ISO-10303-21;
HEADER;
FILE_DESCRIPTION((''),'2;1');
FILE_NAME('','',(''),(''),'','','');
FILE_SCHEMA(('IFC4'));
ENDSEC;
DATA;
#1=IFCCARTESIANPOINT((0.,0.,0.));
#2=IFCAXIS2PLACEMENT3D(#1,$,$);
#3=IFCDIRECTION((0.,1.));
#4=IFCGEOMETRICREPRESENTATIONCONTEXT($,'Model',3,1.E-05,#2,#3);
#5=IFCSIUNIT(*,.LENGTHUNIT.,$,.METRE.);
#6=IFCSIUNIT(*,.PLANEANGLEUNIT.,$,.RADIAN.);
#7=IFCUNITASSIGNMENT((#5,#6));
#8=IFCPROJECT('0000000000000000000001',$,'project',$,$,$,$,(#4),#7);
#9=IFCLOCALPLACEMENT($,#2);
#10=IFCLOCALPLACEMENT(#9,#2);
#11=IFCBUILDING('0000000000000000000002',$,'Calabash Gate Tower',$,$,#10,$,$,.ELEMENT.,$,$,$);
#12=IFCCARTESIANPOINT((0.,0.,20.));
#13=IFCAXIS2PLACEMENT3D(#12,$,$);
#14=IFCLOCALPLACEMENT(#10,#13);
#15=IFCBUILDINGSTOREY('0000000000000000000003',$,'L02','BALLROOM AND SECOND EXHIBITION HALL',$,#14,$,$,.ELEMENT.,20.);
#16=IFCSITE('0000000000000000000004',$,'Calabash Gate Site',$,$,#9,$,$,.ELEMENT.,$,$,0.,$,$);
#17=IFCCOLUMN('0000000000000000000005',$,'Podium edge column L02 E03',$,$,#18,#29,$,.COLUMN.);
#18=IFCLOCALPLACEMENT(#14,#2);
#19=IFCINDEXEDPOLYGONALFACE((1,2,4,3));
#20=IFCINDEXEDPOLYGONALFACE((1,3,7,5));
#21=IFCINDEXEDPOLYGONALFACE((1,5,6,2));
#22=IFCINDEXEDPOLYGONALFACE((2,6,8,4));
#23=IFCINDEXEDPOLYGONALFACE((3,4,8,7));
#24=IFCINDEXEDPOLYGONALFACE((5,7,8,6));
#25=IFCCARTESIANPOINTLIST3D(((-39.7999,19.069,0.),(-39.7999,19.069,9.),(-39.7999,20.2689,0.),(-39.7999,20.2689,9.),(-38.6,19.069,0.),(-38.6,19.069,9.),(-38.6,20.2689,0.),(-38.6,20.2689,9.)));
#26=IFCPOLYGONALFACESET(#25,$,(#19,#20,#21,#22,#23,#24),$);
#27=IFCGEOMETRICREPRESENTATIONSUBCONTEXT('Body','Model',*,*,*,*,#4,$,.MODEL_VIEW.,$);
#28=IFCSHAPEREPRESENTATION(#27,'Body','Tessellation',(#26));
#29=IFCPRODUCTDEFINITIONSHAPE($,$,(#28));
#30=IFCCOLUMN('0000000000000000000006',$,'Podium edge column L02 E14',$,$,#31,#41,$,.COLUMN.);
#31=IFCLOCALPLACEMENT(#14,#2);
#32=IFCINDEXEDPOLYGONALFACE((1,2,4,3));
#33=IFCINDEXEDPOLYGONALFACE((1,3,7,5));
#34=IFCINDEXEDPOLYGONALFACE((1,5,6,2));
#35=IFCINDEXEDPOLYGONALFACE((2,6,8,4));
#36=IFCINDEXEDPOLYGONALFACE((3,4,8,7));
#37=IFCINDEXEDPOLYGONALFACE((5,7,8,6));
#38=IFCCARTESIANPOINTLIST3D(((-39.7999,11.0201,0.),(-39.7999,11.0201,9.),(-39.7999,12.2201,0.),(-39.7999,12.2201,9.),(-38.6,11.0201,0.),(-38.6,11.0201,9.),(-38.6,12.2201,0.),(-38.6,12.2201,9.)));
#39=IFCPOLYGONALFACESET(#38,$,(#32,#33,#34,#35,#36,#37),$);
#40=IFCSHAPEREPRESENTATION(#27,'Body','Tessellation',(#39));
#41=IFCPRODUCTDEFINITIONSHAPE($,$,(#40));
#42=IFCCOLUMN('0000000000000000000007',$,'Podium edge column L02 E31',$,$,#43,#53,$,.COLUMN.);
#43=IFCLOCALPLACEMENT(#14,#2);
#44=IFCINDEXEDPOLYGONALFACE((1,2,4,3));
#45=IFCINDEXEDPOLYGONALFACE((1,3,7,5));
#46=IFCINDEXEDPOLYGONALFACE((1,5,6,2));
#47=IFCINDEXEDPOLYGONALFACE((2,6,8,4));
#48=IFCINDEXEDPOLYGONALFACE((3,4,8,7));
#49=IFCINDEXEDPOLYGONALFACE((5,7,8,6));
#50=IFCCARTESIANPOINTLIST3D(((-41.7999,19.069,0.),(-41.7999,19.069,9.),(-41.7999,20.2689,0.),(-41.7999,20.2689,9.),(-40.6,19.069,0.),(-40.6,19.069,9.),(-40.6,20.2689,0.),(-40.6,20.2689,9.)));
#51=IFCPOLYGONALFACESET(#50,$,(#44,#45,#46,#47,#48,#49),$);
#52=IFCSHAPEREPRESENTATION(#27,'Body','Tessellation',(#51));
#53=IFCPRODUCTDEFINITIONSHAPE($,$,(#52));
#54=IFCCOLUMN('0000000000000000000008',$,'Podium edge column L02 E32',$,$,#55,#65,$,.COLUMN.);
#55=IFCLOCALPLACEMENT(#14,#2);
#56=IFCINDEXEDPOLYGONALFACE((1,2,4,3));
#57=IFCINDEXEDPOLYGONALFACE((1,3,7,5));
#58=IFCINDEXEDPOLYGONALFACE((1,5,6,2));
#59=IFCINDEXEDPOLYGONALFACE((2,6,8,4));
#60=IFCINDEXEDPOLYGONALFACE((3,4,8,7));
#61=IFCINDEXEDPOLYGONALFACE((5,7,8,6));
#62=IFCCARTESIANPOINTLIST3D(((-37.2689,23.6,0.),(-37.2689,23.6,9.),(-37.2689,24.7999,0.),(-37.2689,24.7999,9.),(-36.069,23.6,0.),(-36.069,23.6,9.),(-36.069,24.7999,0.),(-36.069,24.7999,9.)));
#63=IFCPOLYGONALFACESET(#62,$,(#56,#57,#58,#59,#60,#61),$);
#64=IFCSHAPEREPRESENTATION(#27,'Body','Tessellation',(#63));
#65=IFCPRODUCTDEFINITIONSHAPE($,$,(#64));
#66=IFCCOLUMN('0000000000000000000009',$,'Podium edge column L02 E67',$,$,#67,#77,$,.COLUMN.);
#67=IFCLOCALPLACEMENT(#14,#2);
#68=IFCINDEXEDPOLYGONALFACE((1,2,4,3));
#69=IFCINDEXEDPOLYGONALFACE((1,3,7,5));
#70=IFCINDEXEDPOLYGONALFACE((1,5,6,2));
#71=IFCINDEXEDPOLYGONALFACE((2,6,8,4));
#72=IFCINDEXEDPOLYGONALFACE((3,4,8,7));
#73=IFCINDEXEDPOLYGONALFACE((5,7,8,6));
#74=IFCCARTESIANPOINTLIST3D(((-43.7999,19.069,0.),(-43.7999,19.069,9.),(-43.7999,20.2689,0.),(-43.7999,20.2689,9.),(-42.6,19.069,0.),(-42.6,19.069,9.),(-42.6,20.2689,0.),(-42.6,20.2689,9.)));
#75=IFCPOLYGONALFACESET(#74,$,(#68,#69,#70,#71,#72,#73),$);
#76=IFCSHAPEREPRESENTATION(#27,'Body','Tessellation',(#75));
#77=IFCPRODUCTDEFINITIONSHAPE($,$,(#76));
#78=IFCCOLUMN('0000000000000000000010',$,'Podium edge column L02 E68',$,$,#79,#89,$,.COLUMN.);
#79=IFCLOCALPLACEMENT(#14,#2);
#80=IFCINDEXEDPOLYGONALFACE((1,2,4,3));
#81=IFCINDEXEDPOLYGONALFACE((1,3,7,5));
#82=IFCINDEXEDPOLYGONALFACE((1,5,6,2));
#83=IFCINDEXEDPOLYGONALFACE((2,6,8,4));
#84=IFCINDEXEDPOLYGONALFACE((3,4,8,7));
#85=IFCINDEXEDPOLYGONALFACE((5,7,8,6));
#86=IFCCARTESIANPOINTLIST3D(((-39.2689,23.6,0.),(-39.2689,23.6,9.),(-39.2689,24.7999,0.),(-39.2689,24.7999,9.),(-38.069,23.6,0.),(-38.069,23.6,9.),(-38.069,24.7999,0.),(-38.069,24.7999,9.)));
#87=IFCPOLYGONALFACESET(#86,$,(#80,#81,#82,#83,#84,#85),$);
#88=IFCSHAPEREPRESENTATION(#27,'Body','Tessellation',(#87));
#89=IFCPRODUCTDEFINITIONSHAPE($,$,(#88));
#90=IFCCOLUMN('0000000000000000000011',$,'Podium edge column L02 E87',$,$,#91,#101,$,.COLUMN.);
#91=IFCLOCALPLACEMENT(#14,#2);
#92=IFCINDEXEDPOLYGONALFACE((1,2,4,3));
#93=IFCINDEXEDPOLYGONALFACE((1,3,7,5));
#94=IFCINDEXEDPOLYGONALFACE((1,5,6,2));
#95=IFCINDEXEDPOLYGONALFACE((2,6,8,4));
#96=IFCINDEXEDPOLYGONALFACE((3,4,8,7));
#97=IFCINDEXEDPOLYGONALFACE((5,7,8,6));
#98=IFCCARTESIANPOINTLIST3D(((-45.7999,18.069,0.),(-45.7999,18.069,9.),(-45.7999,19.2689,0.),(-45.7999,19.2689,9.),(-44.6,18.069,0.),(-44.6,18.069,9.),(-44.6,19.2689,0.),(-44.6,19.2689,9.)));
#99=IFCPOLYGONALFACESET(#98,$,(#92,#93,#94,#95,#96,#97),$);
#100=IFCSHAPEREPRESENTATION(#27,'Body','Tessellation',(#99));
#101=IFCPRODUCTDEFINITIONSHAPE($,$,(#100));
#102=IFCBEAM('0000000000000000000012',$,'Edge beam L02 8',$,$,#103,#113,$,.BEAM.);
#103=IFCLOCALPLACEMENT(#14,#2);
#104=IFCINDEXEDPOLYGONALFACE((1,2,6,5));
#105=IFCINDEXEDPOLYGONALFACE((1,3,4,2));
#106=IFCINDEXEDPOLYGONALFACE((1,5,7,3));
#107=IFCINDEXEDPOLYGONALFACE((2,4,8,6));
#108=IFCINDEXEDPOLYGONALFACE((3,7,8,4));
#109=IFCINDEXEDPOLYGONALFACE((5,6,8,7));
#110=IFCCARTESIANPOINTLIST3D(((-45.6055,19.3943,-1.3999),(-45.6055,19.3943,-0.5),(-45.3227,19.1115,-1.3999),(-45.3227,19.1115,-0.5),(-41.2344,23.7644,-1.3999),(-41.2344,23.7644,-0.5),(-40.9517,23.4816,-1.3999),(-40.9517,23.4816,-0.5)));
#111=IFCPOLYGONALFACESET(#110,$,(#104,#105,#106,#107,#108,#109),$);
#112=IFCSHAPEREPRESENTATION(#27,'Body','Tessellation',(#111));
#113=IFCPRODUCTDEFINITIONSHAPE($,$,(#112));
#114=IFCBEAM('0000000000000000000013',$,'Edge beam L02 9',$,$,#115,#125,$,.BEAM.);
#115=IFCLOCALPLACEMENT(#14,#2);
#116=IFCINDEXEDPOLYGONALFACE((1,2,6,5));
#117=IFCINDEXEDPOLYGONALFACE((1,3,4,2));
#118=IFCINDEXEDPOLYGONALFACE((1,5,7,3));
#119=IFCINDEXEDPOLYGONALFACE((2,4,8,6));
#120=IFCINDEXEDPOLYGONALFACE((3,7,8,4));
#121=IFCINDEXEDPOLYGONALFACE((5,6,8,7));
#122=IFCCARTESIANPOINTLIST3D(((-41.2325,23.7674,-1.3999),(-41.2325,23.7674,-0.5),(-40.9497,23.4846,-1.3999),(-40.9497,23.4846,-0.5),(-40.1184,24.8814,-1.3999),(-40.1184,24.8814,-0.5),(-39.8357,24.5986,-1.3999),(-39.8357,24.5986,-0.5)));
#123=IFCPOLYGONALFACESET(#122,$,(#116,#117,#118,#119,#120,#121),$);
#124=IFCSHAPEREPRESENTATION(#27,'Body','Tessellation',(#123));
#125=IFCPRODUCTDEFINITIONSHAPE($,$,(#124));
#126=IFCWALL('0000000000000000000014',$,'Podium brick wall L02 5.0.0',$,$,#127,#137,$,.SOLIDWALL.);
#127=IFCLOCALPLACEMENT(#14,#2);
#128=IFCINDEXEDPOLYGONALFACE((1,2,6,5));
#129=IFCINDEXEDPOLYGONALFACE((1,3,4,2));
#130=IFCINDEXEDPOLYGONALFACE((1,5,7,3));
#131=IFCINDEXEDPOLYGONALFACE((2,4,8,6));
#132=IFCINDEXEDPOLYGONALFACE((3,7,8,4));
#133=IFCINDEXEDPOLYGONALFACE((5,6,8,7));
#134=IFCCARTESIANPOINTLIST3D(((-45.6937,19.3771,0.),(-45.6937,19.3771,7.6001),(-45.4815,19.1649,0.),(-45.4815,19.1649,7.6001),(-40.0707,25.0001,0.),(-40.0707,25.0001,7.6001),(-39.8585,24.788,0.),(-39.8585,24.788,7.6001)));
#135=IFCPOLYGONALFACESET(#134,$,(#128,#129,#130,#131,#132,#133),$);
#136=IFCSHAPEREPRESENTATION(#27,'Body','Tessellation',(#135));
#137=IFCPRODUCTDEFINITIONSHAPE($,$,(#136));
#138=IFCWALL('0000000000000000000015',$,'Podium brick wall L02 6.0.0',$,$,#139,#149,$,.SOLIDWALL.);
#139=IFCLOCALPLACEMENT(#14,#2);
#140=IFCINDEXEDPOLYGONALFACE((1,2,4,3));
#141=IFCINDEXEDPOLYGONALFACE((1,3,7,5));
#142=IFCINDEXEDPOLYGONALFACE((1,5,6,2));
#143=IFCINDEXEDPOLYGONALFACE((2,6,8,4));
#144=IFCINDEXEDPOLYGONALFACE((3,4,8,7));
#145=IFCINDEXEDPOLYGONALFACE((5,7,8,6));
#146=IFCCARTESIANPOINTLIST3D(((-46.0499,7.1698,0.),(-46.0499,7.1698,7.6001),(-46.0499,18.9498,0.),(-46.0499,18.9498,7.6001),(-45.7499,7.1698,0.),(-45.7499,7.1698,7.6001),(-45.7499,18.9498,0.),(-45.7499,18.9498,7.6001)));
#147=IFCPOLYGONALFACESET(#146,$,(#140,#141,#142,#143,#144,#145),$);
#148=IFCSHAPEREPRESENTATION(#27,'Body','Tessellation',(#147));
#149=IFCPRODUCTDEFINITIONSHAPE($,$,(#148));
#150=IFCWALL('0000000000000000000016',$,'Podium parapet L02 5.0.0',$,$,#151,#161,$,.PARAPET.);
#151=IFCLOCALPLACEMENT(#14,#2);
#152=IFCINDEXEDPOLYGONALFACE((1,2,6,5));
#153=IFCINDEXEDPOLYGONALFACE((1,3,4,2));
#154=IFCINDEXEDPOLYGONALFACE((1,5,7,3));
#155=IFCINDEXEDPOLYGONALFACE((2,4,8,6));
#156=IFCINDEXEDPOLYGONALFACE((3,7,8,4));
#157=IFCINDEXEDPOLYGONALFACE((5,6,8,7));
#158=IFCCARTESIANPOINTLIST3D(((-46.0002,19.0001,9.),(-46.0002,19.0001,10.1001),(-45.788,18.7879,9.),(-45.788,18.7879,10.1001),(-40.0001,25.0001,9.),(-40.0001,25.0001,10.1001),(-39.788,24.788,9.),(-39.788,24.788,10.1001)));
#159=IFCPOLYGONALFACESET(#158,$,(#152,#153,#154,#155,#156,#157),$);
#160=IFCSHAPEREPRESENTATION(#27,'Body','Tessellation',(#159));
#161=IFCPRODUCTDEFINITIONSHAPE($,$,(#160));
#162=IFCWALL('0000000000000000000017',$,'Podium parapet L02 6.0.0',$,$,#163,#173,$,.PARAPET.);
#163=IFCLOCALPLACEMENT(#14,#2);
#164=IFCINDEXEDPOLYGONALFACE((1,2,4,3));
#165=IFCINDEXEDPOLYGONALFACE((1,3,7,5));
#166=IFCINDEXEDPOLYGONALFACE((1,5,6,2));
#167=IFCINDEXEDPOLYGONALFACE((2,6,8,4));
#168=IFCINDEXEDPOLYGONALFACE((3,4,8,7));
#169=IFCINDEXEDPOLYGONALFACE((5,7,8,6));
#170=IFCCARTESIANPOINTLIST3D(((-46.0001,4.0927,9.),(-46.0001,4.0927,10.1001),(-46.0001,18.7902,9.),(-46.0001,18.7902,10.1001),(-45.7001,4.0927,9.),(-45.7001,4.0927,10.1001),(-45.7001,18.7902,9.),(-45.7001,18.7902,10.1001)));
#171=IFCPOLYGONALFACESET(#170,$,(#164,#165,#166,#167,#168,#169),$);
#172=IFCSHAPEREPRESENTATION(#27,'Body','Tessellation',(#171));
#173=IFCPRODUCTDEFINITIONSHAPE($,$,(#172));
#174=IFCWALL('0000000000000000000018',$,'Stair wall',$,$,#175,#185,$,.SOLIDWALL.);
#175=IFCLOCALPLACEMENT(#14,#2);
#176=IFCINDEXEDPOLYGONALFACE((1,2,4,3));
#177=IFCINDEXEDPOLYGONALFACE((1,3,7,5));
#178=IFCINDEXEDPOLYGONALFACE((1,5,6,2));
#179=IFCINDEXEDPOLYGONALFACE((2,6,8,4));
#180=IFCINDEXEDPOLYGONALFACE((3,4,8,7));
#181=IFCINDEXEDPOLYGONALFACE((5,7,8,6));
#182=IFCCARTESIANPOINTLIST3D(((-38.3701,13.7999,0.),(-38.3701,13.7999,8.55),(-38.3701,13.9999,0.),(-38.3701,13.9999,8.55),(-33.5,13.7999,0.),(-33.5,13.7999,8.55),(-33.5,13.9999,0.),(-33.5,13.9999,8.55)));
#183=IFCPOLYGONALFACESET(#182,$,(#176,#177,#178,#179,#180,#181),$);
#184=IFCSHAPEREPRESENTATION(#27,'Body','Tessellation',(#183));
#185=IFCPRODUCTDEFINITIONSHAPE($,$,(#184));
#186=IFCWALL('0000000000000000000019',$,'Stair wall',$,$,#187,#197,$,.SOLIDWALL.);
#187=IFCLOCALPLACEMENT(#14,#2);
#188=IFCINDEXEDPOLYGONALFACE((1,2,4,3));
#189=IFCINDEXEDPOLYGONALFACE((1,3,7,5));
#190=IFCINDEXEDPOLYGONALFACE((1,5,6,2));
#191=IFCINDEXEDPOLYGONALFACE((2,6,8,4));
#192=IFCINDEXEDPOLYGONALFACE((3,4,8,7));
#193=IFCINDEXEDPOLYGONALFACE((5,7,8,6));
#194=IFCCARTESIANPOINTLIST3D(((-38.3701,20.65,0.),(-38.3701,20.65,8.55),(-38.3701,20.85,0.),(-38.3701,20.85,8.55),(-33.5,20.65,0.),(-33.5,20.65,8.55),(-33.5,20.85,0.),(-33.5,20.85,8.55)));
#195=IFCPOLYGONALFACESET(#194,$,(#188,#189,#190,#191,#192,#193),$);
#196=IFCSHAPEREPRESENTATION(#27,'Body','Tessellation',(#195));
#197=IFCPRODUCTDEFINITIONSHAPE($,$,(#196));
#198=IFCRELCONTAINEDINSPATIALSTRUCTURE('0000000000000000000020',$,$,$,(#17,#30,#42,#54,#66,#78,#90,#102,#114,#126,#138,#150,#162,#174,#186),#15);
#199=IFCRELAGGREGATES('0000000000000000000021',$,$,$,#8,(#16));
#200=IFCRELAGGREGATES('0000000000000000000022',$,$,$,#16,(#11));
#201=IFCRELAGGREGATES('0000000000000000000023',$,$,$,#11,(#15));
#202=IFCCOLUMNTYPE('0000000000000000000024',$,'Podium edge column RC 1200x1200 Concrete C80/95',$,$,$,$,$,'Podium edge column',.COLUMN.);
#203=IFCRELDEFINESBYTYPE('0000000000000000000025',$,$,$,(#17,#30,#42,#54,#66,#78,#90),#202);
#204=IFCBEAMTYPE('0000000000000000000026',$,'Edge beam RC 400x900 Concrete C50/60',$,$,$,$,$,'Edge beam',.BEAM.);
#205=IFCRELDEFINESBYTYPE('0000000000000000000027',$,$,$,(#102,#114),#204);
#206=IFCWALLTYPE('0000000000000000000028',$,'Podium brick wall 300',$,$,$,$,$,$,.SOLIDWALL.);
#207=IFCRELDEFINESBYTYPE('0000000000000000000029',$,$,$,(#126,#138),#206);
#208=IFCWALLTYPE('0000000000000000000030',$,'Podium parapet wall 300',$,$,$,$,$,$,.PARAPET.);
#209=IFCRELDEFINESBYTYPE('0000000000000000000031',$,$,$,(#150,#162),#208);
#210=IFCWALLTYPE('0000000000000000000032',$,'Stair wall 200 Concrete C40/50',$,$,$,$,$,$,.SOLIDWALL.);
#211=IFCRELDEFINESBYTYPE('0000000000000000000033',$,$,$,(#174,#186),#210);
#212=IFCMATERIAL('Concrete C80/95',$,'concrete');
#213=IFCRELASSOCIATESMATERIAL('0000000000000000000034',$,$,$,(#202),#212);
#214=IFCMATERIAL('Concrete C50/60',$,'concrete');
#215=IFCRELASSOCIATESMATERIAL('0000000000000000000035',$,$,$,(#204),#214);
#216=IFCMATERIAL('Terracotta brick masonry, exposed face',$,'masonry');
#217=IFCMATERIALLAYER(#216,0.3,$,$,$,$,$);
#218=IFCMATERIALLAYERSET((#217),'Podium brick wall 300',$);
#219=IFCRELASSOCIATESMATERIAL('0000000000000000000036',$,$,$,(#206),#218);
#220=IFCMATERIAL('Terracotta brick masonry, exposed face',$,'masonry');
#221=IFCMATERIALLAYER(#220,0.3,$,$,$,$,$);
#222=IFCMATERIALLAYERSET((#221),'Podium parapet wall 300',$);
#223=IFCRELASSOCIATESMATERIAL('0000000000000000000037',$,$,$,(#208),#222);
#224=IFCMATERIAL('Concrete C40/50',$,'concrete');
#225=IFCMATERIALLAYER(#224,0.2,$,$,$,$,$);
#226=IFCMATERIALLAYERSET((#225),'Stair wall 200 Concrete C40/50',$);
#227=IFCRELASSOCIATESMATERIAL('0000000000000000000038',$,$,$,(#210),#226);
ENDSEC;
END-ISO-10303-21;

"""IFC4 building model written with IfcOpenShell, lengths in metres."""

from ifc_helpers import new_model, si_unit, direction, frame, frame_2d, origin, origin_2d, place, context, subcontext, project, spatial, rectangle, extrude, material, layer, layer_set, material_profile, profile_set, type_object, element, save


model = new_model("IFC4")

# Units and contexts
model_context = context("Model", 3, precision=1e-05, world=origin(), true_north=direction((0.0, 1.0)))
body_context = subcontext(model_context, "Body", "Model", "MODEL_VIEW")
ifc_project = project(units=[si_unit("LENGTHUNIT", "METRE"), si_unit("PLANEANGLEUNIT", "RADIAN")], contexts=[model_context])

# Site, building, storey
site_placement = place(None, origin())
site = spatial("IfcSite", under=ifc_project, at=site_placement, Name="Calabash Gate Site", CompositionType="ELEMENT", RefElevation=0.0)
building_placement = place(site_placement, origin())
building = spatial("IfcBuilding", under=site, at=building_placement, Name="Calabash Gate Tower", CompositionType="ELEMENT")
storey_placement = place(building_placement, frame((0.0, 0.0, 20.0)))
storey = spatial("IfcBuildingStorey", under=building, at=storey_placement, Name="L02", Description="BALLROOM AND SECOND EXHIBITION HALL", CompositionType="ELEMENT", Elevation=20.0)

# Columns
ifc_material_1 = material(Name="Concrete C80/95", Category="concrete")
ifc_material_profile_1 = material_profile(ifc_material_1, rectangle(XDim=1.2, YDim=1.2, at=origin_2d()))
ifc_profile_set_1 = profile_set([ifc_material_profile_1], Name="Concrete C80/95")
column_type = type_object("IfcColumnType", Name="Podium edge column RC 1200x1200 Concrete C80/95", ElementType="Podium edge column", PredefinedType="COLUMN", material=ifc_profile_set_1)
for number, where, z_axis, x_axis, name in (
    (1, (-39.2, 19.6689, 0.0), (0.0, 0.0, 1.0), (1.0, 0.0, 0.0), "Podium edge column L02 E03"),
    (2, (-39.2, 11.6201, 0.0), (0.0, 0.0, 1.0), (1.0, 0.0, 0.0), "Podium edge column L02 E14"),
    (3, (-41.2, 19.6689, 0.0), (0.0, 0.0, 1.0), (1.0, 0.0, 0.0), "Podium edge column L02 E31"),
    (4, (-36.6689, 24.2, 0.0), (0.0, 0.0, 1.0), (1.0, 0.0, 0.0), "Podium edge column L02 E32"),
    (5, (-43.2, 19.6689, 0.0), (0.0, 0.0, 1.0), (1.0, 0.0, 0.0), "Podium edge column L02 E67"),
    (6, (-38.6689, 24.2, 0.0), (0.0, 0.0, 1.0), (1.0, 0.0, 0.0), "Podium edge column L02 E68"),
    (7, (-45.2, 18.6689, 0.0), (0.0, 0.0, 1.0), (1.0, 0.0, 0.0), "Podium edge column L02 E87"),
):
    element("IfcColumn", number, at=place(storey_placement, frame(where, z_axis=z_axis, x_axis=x_axis)), inside=storey, type_object=column_type, Name=name, PredefinedType="COLUMN", context=body_context, shape_type="SweptSolid", body=[
        extrude(rectangle(XDim=1.2, YDim=1.2, at=origin_2d()), origin(), (0.0, 0.0, 1.0), 9.0),
    ])

# Beams
ifc_material_2 = material(Name="Concrete C50/60", Category="concrete")
ifc_material_profile_2 = material_profile(ifc_material_2, rectangle(XDim=0.3999, YDim=0.8999, at=origin_2d()))
ifc_profile_set_2 = profile_set([ifc_material_profile_2], Name="Concrete C50/60")
beam_type = type_object("IfcBeamType", Name="Edge beam RC 400x900 Concrete C50/60", ElementType="Edge beam", PredefinedType="BEAM", material=ifc_profile_set_2)
beam_1_placement = place(storey_placement, frame((-45.4641, 19.2529, -0.95), z_axis=(0.707186, 0.707028, 0.0), x_axis=(-0.707028, 0.707186, 0.0)))
element("IfcBeam", 8, at=beam_1_placement, inside=storey, type_object=beam_type, Name="Edge beam L02 8", PredefinedType="BEAM", context=body_context, shape_type="SweptSolid", body=[
    extrude(rectangle(XDim=0.3999, YDim=0.8999, at=origin_2d()), origin(), (0.0, 0.0, 1.0), 6.1809),
])
beam_2_placement = place(storey_placement, frame((-41.0911, 23.626, -0.95), z_axis=(0.707107, 0.707107, 0.0), x_axis=(-0.707107, 0.707107, 0.0)))
element("IfcBeam", 9, at=beam_2_placement, inside=storey, type_object=beam_type, Name="Edge beam L02 9", PredefinedType="BEAM", context=body_context, shape_type="SweptSolid", body=[
    extrude(rectangle(XDim=0.3999, YDim=0.8999, at=origin_2d()), origin(), (0.0, 0.0, 1.0), 1.5754),
])

# Walls
ifc_material_3 = material(Name="Terracotta brick masonry, exposed face", Category="masonry")
ifc_layer_1 = layer(ifc_material_3, 0.3)
ifc_layer_set_1 = layer_set([ifc_layer_1], Name="Podium brick wall 300")
wall_type_1 = type_object("IfcWallType", Name="Podium brick wall 300", PredefinedType="SOLIDWALL", material=ifc_layer_set_1)
wall_1_placement = place(storey_placement, frame((-39.9646, 24.894, 0.0), z_axis=(0.0, 0.0, 1.0), x_axis=(-0.707107, -0.707107, 0.0)))
element("IfcWall", 10, at=wall_1_placement, inside=storey, type_object=wall_type_1, Name="Podium brick wall L02 5.0.0", PredefinedType="SOLIDWALL", context=body_context, shape_type="SweptSolid", body=[
    extrude(rectangle(XDim=7.9521, YDim=0.3, at=frame_2d((3.9761, 0.0))), origin(), (0.0, 0.0, 1.0), 7.6001),
])
wall_2_placement = place(storey_placement, frame((-45.8999, 18.95, 0.0), z_axis=(0.0, 0.0, 1.0), x_axis=(0.0, -1.0, 0.0)))
element("IfcWall", 11, at=wall_2_placement, inside=storey, type_object=wall_type_1, Name="Podium brick wall L02 6.0.0", PredefinedType="SOLIDWALL", context=body_context, shape_type="SweptSolid", body=[
    extrude(rectangle(XDim=11.78, YDim=0.3, at=frame_2d((5.8901, 0.0))), origin(), (0.0, 0.0, 1.0), 7.6001),
])
ifc_material_4 = material(Name="Terracotta brick masonry, exposed face", Category="masonry")
ifc_layer_2 = layer(ifc_material_4, 0.3)
ifc_layer_set_2 = layer_set([ifc_layer_2], Name="Podium parapet wall 300")
wall_type_2 = type_object("IfcWallType", Name="Podium parapet wall 300", PredefinedType="PARAPET", material=ifc_layer_set_2)
wall_3_placement = place(storey_placement, frame((-39.894, 24.894, 9.0), z_axis=(0.0, 0.0, 1.0), x_axis=(-0.707107, -0.707107, 0.0)))
element("IfcWall", 12, at=wall_3_placement, inside=storey, type_object=wall_type_2, Name="Podium parapet L02 5.0.0", PredefinedType="PARAPET", context=body_context, shape_type="SweptSolid", body=[
    extrude(rectangle(XDim=8.4854, YDim=0.3, at=frame_2d((4.2427, 0.0))), origin(), (0.0, 0.0, 1.0), 1.1001),
])
wall_4_placement = place(storey_placement, frame((-45.8501, 18.79, 9.0), z_axis=(0.0, 0.0, 1.0), x_axis=(0.0, -1.0, 0.0)))
element("IfcWall", 13, at=wall_4_placement, inside=storey, type_object=wall_type_2, Name="Podium parapet L02 6.0.0", PredefinedType="PARAPET", context=body_context, shape_type="SweptSolid", body=[
    extrude(rectangle(XDim=14.6975, YDim=0.3, at=frame_2d((7.3486, 0.0))), origin(), (0.0, 0.0, 1.0), 1.1001),
])
ifc_material_5 = material(Name="Concrete C40/50", Category="concrete")
ifc_layer_3 = layer(ifc_material_5, 0.2)
ifc_layer_set_3 = layer_set([ifc_layer_3], Name="Stair wall 200 Concrete C40/50")
wall_type_3 = type_object("IfcWallType", Name="Stair wall 200 Concrete C40/50", PredefinedType="SOLIDWALL", material=ifc_layer_set_3)
for number, where, z_axis, x_axis, name in (
    (14, (-38.3701, 13.8999, 0.0), (0.0, 0.0, 1.0), (1.0, 0.0, 0.0), "Stair wall"),
    (15, (-38.3701, 20.75, 0.0), (0.0, 0.0, 1.0), (1.0, 0.0, 0.0), "Stair wall"),
):
    element("IfcWall", number, at=place(storey_placement, frame(where, z_axis=z_axis, x_axis=x_axis)), inside=storey, type_object=wall_type_3, Name=name, PredefinedType="SOLIDWALL", context=body_context, shape_type="SweptSolid", body=[
        extrude(rectangle(XDim=4.8701, YDim=0.2, at=frame_2d((2.4351, 0.0))), origin(), (0.0, 0.0, 1.0), 8.55),
    ])

save(model, "model.ifc")
